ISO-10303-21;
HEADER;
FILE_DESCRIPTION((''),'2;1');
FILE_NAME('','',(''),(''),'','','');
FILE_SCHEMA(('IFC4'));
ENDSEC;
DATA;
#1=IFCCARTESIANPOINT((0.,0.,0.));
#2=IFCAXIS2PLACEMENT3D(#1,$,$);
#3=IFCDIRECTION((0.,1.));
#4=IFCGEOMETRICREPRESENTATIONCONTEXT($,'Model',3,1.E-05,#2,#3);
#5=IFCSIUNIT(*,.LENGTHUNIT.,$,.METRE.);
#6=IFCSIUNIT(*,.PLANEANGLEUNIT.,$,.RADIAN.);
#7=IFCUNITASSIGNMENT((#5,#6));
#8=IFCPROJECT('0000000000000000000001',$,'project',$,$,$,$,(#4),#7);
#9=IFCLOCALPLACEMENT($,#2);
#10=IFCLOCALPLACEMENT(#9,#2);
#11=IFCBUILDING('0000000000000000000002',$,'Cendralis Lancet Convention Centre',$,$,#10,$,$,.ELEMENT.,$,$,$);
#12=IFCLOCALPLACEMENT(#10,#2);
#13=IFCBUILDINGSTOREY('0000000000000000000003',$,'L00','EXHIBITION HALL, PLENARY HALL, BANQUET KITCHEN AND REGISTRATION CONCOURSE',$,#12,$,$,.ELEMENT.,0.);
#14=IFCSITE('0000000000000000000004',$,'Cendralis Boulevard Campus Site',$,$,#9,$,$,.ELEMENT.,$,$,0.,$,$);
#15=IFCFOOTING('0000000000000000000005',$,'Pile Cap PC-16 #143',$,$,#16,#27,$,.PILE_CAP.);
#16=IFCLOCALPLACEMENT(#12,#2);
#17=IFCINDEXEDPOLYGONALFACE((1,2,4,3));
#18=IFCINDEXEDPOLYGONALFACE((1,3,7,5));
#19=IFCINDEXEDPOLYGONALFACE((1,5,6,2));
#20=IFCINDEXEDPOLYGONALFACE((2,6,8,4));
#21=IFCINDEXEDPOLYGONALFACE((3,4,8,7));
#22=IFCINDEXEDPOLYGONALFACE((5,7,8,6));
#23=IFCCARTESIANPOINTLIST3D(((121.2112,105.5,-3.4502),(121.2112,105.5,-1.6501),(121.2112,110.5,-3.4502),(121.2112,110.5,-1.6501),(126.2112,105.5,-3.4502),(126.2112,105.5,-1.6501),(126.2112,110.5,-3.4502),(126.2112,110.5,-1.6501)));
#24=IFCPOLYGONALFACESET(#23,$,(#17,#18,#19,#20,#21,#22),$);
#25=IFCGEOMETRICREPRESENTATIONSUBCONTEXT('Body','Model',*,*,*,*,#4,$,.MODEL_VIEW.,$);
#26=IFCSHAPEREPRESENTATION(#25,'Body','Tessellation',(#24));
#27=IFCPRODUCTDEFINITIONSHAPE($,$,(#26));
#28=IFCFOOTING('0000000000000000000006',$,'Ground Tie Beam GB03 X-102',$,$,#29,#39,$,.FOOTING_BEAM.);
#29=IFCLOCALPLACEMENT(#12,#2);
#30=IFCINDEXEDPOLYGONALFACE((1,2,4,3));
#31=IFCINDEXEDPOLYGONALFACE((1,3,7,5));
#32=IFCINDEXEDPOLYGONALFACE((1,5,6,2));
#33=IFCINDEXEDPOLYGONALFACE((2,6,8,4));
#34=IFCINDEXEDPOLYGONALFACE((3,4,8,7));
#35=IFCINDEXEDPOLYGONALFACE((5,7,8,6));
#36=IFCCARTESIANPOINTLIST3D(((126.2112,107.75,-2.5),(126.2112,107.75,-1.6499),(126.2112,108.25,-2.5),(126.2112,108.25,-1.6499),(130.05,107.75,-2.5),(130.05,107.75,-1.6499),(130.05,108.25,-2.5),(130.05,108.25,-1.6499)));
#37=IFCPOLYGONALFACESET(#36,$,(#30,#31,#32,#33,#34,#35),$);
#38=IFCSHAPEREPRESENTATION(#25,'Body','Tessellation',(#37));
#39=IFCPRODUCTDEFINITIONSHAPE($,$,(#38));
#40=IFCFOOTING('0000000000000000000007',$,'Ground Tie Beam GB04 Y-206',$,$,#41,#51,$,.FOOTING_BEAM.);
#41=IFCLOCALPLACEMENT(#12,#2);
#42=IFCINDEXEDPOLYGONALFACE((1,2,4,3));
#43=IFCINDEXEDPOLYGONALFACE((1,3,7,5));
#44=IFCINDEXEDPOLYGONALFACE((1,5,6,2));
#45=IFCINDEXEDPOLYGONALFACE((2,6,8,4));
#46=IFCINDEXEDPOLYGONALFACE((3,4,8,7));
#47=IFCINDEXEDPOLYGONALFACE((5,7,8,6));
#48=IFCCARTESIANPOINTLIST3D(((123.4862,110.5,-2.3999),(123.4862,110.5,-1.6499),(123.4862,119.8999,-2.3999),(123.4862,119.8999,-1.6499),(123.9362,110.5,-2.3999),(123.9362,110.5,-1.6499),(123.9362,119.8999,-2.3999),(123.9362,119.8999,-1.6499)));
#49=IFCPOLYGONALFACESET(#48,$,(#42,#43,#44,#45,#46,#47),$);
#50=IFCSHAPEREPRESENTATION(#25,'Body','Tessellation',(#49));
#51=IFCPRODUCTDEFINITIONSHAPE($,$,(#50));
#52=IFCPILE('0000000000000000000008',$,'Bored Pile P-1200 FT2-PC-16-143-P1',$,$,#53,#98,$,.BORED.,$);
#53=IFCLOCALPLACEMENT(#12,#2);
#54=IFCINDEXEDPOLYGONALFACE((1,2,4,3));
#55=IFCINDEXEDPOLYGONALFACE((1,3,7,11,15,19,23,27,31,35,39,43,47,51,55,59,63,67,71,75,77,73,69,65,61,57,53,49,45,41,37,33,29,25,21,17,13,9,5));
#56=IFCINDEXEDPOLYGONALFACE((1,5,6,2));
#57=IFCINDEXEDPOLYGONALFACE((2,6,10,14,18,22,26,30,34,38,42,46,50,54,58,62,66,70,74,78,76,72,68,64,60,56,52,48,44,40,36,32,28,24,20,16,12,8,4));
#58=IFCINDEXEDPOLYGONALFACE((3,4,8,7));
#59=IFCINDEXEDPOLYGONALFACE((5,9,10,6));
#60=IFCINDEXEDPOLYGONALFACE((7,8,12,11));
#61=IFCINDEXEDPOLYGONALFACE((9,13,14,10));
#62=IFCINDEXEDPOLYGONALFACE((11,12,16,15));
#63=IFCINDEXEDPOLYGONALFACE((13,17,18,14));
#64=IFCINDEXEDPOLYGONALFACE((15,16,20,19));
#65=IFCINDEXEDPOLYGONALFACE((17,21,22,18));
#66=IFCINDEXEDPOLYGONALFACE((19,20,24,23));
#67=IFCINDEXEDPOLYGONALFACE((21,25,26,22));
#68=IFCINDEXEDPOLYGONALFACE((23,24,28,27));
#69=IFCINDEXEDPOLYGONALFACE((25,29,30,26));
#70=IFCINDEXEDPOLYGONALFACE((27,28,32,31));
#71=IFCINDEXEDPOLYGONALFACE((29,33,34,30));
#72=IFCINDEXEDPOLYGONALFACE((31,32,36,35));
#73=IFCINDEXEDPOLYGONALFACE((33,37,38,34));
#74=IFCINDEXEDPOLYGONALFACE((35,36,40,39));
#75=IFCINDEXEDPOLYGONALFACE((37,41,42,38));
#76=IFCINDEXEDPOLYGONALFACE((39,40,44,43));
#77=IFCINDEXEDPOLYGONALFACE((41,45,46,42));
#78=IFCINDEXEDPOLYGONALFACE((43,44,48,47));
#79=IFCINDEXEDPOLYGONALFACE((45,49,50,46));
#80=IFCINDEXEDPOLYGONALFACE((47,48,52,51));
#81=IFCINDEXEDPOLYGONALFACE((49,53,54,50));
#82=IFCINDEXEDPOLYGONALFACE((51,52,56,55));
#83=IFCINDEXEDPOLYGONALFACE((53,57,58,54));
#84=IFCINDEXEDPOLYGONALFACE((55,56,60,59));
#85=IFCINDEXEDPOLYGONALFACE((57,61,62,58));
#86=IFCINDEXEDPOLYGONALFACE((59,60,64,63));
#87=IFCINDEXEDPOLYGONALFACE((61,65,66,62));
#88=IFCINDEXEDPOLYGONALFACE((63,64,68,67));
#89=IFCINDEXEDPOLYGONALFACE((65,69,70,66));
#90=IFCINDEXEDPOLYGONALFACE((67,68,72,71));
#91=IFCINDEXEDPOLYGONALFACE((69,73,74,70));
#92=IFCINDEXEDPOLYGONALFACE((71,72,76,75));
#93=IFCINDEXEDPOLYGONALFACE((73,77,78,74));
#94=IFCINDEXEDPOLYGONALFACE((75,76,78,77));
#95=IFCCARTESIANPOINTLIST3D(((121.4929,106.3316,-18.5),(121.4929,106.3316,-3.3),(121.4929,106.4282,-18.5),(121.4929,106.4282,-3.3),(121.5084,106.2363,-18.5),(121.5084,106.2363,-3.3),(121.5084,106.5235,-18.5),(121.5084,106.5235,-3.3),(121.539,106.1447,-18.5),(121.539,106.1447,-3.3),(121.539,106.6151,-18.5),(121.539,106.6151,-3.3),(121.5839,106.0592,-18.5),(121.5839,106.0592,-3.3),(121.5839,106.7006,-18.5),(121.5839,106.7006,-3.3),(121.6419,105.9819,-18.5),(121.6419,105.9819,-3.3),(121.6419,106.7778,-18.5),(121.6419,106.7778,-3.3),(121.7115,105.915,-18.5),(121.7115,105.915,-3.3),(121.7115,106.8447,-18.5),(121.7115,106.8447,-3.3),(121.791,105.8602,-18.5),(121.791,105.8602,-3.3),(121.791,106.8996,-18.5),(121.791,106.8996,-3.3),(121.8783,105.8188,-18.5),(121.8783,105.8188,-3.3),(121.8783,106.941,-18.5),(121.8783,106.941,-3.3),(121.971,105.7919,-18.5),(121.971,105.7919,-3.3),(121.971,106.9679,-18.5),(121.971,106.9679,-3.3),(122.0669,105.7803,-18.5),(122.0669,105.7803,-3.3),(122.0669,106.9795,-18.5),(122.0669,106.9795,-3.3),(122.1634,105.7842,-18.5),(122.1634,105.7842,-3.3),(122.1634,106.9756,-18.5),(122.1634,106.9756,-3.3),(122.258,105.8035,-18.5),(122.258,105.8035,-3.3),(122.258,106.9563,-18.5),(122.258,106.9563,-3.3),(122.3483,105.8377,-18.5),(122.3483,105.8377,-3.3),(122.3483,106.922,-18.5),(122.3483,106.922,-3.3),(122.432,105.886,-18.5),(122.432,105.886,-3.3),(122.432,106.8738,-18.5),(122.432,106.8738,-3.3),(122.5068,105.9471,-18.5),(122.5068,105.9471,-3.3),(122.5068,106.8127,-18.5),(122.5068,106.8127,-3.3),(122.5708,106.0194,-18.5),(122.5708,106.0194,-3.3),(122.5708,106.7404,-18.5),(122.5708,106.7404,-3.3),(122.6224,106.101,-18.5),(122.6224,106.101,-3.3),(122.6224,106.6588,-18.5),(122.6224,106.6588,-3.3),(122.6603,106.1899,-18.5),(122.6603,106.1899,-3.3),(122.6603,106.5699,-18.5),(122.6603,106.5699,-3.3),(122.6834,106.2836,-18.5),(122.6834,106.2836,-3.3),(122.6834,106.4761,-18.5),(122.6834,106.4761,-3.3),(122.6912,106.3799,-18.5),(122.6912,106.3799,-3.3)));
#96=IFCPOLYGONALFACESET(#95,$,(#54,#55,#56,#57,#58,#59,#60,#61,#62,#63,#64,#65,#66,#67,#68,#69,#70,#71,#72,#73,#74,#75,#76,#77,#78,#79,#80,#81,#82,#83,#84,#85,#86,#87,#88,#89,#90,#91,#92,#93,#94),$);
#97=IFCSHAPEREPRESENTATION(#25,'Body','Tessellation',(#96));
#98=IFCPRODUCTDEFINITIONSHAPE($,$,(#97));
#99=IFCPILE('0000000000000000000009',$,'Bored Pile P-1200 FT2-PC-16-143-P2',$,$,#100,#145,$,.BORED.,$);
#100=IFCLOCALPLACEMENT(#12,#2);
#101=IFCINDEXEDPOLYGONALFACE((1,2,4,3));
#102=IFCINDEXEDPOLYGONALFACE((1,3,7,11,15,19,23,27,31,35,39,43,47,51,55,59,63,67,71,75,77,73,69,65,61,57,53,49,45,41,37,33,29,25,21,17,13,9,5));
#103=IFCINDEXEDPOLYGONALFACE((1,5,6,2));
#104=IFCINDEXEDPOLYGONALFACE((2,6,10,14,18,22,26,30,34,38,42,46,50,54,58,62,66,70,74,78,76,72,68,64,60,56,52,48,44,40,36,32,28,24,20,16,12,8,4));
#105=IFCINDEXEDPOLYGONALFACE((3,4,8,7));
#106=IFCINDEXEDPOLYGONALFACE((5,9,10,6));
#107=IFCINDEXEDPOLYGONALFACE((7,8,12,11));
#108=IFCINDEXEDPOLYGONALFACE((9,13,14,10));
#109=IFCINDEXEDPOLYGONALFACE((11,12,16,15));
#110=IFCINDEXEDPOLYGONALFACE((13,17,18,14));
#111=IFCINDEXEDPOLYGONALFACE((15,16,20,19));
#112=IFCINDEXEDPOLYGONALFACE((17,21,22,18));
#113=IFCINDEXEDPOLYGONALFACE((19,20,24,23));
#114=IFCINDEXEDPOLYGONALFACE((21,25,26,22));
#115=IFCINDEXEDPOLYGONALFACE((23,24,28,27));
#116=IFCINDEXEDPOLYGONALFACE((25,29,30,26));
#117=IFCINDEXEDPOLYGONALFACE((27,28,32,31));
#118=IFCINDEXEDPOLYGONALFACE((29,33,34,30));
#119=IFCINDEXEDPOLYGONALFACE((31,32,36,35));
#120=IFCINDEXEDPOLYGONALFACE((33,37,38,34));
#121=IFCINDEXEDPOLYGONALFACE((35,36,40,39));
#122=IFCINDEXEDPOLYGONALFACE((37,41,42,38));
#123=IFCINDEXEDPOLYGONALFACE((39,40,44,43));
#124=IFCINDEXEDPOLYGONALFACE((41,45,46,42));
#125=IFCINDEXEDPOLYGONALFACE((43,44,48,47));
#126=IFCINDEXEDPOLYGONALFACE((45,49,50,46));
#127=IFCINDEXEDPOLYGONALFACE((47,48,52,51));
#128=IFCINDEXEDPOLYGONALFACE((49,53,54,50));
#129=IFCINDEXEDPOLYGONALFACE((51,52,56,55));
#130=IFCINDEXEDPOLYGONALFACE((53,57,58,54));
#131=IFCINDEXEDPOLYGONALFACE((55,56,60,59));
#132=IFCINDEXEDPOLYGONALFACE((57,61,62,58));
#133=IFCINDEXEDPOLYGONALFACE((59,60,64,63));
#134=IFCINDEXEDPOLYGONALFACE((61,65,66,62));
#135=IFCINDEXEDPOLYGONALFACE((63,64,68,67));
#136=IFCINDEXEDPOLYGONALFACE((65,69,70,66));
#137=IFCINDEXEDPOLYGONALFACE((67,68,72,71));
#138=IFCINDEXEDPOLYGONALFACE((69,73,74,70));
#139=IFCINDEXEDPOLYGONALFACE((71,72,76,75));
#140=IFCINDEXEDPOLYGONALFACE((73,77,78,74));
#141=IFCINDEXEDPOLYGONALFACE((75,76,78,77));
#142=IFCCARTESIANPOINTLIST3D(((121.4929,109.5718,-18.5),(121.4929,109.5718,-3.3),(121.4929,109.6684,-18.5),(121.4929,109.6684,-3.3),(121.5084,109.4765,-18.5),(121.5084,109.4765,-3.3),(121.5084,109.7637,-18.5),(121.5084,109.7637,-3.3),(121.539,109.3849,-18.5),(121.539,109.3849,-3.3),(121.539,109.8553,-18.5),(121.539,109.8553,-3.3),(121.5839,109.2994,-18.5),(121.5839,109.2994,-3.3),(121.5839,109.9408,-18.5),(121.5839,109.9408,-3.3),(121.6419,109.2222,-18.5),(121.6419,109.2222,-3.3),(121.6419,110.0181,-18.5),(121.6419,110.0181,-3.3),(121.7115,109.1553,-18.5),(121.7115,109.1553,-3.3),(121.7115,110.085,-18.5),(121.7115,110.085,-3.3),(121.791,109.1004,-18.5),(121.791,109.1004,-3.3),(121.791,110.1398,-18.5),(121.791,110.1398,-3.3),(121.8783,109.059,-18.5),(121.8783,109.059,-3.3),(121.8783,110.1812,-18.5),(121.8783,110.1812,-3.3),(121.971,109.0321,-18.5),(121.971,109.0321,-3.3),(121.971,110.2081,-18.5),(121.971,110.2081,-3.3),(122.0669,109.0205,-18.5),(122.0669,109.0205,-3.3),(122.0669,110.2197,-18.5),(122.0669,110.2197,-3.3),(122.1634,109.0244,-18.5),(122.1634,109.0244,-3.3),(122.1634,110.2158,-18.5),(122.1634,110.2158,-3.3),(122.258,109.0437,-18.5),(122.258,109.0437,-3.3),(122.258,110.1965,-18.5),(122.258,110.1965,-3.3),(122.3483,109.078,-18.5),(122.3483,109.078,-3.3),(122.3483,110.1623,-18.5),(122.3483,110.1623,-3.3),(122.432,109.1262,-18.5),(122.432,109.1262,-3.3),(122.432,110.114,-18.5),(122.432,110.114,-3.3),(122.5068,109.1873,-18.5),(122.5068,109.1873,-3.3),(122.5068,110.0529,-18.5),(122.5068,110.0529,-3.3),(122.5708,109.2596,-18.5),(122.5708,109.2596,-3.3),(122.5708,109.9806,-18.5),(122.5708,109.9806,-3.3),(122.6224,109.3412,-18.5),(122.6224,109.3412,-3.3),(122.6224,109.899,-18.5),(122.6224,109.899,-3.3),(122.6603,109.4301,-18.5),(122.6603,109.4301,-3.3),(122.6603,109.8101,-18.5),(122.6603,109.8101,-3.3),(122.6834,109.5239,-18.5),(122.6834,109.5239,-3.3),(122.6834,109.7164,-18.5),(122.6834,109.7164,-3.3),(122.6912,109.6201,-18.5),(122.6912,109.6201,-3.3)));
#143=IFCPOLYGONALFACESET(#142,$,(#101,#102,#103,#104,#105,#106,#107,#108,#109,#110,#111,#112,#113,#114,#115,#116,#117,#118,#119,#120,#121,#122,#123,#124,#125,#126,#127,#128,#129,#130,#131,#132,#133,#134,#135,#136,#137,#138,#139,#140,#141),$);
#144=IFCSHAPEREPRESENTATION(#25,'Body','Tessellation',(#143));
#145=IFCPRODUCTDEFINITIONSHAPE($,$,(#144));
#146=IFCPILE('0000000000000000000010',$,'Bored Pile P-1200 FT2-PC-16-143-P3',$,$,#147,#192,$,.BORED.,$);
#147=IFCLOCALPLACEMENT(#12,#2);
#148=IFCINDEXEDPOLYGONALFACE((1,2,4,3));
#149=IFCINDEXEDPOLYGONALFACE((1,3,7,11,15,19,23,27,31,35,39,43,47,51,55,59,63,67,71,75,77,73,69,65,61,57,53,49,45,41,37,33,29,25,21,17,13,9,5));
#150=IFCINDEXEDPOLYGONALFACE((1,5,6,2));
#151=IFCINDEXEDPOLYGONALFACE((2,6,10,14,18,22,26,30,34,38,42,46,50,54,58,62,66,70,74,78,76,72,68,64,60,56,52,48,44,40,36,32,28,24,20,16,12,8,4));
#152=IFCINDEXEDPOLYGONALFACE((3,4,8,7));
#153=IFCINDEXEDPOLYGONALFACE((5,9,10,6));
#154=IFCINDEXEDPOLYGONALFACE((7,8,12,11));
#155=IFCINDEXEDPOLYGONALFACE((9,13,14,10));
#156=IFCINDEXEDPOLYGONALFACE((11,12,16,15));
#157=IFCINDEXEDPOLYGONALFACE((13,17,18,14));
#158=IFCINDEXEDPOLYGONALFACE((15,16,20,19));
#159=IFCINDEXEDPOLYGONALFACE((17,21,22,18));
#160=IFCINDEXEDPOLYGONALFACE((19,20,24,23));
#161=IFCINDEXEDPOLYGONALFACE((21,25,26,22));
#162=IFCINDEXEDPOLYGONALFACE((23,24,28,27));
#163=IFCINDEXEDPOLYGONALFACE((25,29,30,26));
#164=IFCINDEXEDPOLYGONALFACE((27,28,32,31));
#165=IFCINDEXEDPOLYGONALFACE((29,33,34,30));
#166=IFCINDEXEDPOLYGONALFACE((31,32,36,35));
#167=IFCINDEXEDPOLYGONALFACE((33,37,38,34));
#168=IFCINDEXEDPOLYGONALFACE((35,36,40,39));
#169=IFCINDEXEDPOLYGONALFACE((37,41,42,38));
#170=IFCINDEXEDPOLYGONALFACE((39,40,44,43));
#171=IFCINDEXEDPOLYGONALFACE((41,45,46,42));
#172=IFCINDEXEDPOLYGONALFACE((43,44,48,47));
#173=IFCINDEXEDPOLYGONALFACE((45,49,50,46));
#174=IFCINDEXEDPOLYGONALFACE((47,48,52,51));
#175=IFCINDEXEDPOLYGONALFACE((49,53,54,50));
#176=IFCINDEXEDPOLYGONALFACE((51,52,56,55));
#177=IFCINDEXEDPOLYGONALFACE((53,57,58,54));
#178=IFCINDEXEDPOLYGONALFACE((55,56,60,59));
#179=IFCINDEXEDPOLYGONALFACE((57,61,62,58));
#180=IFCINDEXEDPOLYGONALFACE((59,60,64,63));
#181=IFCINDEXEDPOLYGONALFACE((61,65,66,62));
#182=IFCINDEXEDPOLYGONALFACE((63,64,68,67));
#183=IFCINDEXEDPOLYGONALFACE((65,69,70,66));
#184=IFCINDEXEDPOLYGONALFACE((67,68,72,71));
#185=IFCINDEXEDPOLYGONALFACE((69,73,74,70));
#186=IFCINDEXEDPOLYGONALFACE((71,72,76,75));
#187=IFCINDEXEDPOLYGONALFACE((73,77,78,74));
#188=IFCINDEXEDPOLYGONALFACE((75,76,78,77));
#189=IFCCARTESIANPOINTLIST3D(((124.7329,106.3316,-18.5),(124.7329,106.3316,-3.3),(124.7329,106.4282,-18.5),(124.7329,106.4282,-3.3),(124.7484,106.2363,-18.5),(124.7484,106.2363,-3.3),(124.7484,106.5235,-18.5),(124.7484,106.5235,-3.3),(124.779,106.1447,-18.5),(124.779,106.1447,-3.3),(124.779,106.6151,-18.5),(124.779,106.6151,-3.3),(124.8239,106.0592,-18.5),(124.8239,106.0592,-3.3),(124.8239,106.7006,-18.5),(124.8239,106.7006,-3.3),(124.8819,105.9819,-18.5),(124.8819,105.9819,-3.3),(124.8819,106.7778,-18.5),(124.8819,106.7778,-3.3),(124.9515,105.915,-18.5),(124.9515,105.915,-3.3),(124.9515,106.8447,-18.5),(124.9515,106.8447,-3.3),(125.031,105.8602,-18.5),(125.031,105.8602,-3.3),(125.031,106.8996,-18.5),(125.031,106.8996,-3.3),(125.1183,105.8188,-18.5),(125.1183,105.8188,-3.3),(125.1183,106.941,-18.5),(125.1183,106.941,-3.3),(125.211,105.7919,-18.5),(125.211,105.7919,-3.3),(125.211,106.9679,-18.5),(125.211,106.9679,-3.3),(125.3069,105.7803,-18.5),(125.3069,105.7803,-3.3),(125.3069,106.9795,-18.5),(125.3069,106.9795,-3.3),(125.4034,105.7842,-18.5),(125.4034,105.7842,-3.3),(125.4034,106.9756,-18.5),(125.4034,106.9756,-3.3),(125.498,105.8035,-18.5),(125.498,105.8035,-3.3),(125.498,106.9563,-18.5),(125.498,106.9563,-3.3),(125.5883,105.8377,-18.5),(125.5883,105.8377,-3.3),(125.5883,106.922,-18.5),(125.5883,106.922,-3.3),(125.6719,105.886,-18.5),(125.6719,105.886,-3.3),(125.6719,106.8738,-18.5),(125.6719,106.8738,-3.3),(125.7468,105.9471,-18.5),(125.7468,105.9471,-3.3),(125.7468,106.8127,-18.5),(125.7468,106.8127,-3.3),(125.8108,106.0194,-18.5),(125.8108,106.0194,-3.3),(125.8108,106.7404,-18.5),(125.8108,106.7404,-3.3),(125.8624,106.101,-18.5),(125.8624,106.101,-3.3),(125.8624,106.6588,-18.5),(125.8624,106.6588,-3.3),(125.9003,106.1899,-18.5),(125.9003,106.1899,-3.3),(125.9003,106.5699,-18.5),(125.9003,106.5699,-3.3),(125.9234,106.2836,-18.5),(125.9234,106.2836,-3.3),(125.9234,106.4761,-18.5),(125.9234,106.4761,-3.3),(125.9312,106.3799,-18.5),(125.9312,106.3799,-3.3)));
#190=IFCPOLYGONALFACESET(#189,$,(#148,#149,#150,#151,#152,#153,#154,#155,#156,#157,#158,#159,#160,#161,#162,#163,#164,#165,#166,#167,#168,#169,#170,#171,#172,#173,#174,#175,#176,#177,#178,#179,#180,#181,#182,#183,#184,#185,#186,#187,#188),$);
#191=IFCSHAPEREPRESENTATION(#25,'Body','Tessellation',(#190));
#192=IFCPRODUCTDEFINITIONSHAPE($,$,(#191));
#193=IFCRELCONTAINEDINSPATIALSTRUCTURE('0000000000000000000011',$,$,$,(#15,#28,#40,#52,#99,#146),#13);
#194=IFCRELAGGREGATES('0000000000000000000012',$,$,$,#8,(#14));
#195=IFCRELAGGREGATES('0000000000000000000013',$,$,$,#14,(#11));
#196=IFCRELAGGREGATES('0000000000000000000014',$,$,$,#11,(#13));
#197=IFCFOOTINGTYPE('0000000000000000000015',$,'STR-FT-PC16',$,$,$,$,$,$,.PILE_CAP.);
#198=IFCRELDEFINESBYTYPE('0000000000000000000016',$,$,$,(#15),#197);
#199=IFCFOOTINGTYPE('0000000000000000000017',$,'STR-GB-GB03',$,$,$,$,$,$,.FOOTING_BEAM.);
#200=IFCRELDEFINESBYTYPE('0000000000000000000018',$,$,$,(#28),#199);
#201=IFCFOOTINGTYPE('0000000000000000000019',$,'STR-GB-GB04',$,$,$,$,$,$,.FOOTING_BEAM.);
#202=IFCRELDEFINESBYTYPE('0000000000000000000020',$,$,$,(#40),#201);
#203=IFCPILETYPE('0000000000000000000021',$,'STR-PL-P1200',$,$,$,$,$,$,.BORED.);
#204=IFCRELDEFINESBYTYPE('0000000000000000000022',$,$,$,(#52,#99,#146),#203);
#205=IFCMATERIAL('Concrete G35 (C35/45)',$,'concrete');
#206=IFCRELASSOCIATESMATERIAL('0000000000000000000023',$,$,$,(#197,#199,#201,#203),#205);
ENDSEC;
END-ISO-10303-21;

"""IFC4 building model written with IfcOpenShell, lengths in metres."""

from ifc_helpers import new_model, si_unit, direction, frame, origin, origin_2d, place, context, subcontext, project, spatial, rectangle, circle, extrude, material, material_profile, profile_set, type_object, element, save


model = new_model("IFC4")

# Units and contexts
model_context = context("Model", 3, precision=1e-05, world=origin(), true_north=direction((0.0, 1.0)))
body_context = subcontext(model_context, "Body", "Model", "MODEL_VIEW")
ifc_project = project(units=[si_unit("LENGTHUNIT", "METRE"), si_unit("PLANEANGLEUNIT", "RADIAN")], contexts=[model_context])

# Site, building, storey
site_placement = place(None, origin())
site = spatial("IfcSite", under=ifc_project, at=site_placement, Name="Cendralis Boulevard Campus Site", CompositionType="ELEMENT", RefElevation=0.0)
building_placement = place(site_placement, origin())
building = spatial("IfcBuilding", under=site, at=building_placement, Name="Cendralis Lancet Convention Centre", CompositionType="ELEMENT")
storey_placement = place(building_placement, origin())
storey = spatial("IfcBuildingStorey", under=building, at=storey_placement, Name="L00", Description="EXHIBITION HALL, PLENARY HALL, BANQUET KITCHEN AND REGISTRATION CONCOURSE", CompositionType="ELEMENT", Elevation=0.0)

# Footings
ifc_material_1 = material(Name="Concrete G35 (C35/45)", Category="concrete")
footing_type_1 = type_object("IfcFootingType", Name="STR-FT-PC16", PredefinedType="PILE_CAP", material=ifc_material_1)
footing_1_placement = place(storey_placement, frame((123.7112, 108.0, -3.4502), z_axis=(0.0, 0.0, 1.0), x_axis=(1.0, 0.0, 0.0)))
element("IfcFooting", 1, at=footing_1_placement, inside=storey, type_object=footing_type_1, Name="Pile Cap PC-16 #143", PredefinedType="PILE_CAP", context=body_context, shape_type="SweptSolid", body=[
    extrude(rectangle(XDim=5.0, YDim=5.0, at=origin_2d()), origin(), (0.0, 0.0, 1.0), 1.8),
])
ifc_material_profile_1 = material_profile(ifc_material_1, rectangle(XDim=0.5, YDim=0.8501, at=origin_2d()), Name="RCB 500x850")
ifc_profile_set_1 = profile_set([ifc_material_profile_1], Name="Concrete G35 (C35/45)")
footing_type_2 = type_object("IfcFootingType", Name="STR-GB-GB03", PredefinedType="FOOTING_BEAM", material=ifc_profile_set_1)
footing_2_placement = place(storey_placement, frame((126.2112, 108.0, -2.075), z_axis=(1.0, 0.0, 0.0), x_axis=(0.0, 1.0, 0.0)))
element("IfcFooting", 2, at=footing_2_placement, inside=storey, type_object=footing_type_2, Name="Ground Tie Beam GB03 X-102", PredefinedType="FOOTING_BEAM", context=body_context, shape_type="SweptSolid", body=[
    extrude(rectangle(XDim=0.5, YDim=0.8501, at=origin_2d()), origin(), (0.0, 0.0, 1.0), 3.8389),
])
ifc_material_profile_2 = material_profile(ifc_material_1, rectangle(XDim=0.45, YDim=0.75, at=origin_2d()), Name="RCB 450x750")
ifc_profile_set_2 = profile_set([ifc_material_profile_2], Name="Concrete G35 (C35/45)")
footing_type_3 = type_object("IfcFootingType", Name="STR-GB-GB04", PredefinedType="FOOTING_BEAM", material=ifc_profile_set_2)
footing_3_placement = place(storey_placement, frame((123.7112, 110.5, -2.0249), z_axis=(0.0, 1.0, 0.0), x_axis=(-1.0, 0.0, 0.0)))
element("IfcFooting", 3, at=footing_3_placement, inside=storey, type_object=footing_type_3, Name="Ground Tie Beam GB04 Y-206", PredefinedType="FOOTING_BEAM", context=body_context, shape_type="SweptSolid", body=[
    extrude(rectangle(XDim=0.45, YDim=0.75, at=origin_2d()), origin(), (0.0, 0.0, 1.0), 9.3999),
])

# Piles
ifc_material_profile_3 = material_profile(ifc_material_1, circle(Radius=0.6001, at=origin_2d()), Name="BORED PILE D1200")
ifc_profile_set_3 = profile_set([ifc_material_profile_3], Name="Concrete G35 (C35/45)")
pile_type = type_object("IfcPileType", Name="STR-PL-P1200", PredefinedType="BORED", material=ifc_profile_set_3)
for number, where, z_axis, x_axis, name in (
    (4, (122.0911, 106.3799, -3.3), (0.0, 0.0, -1.0), (1.0, 0.0, 0.0), "Bored Pile P-1200 FT2-PC-16-143-P1"),
    (5, (122.0911, 109.6201, -3.3), (0.0, 0.0, -1.0), (1.0, 0.0, 0.0), "Bored Pile P-1200 FT2-PC-16-143-P2"),
    (6, (125.3311, 106.3799, -3.3), (0.0, 0.0, -1.0), (1.0, 0.0, 0.0), "Bored Pile P-1200 FT2-PC-16-143-P3"),
):
    element("IfcPile", number, at=place(storey_placement, frame(where, z_axis=z_axis, x_axis=x_axis)), inside=storey, type_object=pile_type, Name=name, PredefinedType="BORED", context=body_context, shape_type="SweptSolid", body=[
        extrude(circle(Radius=0.6001, at=origin_2d()), origin(), (0.0, 0.0, 1.0), 15.2),
    ])

save(model, "model.ifc")
